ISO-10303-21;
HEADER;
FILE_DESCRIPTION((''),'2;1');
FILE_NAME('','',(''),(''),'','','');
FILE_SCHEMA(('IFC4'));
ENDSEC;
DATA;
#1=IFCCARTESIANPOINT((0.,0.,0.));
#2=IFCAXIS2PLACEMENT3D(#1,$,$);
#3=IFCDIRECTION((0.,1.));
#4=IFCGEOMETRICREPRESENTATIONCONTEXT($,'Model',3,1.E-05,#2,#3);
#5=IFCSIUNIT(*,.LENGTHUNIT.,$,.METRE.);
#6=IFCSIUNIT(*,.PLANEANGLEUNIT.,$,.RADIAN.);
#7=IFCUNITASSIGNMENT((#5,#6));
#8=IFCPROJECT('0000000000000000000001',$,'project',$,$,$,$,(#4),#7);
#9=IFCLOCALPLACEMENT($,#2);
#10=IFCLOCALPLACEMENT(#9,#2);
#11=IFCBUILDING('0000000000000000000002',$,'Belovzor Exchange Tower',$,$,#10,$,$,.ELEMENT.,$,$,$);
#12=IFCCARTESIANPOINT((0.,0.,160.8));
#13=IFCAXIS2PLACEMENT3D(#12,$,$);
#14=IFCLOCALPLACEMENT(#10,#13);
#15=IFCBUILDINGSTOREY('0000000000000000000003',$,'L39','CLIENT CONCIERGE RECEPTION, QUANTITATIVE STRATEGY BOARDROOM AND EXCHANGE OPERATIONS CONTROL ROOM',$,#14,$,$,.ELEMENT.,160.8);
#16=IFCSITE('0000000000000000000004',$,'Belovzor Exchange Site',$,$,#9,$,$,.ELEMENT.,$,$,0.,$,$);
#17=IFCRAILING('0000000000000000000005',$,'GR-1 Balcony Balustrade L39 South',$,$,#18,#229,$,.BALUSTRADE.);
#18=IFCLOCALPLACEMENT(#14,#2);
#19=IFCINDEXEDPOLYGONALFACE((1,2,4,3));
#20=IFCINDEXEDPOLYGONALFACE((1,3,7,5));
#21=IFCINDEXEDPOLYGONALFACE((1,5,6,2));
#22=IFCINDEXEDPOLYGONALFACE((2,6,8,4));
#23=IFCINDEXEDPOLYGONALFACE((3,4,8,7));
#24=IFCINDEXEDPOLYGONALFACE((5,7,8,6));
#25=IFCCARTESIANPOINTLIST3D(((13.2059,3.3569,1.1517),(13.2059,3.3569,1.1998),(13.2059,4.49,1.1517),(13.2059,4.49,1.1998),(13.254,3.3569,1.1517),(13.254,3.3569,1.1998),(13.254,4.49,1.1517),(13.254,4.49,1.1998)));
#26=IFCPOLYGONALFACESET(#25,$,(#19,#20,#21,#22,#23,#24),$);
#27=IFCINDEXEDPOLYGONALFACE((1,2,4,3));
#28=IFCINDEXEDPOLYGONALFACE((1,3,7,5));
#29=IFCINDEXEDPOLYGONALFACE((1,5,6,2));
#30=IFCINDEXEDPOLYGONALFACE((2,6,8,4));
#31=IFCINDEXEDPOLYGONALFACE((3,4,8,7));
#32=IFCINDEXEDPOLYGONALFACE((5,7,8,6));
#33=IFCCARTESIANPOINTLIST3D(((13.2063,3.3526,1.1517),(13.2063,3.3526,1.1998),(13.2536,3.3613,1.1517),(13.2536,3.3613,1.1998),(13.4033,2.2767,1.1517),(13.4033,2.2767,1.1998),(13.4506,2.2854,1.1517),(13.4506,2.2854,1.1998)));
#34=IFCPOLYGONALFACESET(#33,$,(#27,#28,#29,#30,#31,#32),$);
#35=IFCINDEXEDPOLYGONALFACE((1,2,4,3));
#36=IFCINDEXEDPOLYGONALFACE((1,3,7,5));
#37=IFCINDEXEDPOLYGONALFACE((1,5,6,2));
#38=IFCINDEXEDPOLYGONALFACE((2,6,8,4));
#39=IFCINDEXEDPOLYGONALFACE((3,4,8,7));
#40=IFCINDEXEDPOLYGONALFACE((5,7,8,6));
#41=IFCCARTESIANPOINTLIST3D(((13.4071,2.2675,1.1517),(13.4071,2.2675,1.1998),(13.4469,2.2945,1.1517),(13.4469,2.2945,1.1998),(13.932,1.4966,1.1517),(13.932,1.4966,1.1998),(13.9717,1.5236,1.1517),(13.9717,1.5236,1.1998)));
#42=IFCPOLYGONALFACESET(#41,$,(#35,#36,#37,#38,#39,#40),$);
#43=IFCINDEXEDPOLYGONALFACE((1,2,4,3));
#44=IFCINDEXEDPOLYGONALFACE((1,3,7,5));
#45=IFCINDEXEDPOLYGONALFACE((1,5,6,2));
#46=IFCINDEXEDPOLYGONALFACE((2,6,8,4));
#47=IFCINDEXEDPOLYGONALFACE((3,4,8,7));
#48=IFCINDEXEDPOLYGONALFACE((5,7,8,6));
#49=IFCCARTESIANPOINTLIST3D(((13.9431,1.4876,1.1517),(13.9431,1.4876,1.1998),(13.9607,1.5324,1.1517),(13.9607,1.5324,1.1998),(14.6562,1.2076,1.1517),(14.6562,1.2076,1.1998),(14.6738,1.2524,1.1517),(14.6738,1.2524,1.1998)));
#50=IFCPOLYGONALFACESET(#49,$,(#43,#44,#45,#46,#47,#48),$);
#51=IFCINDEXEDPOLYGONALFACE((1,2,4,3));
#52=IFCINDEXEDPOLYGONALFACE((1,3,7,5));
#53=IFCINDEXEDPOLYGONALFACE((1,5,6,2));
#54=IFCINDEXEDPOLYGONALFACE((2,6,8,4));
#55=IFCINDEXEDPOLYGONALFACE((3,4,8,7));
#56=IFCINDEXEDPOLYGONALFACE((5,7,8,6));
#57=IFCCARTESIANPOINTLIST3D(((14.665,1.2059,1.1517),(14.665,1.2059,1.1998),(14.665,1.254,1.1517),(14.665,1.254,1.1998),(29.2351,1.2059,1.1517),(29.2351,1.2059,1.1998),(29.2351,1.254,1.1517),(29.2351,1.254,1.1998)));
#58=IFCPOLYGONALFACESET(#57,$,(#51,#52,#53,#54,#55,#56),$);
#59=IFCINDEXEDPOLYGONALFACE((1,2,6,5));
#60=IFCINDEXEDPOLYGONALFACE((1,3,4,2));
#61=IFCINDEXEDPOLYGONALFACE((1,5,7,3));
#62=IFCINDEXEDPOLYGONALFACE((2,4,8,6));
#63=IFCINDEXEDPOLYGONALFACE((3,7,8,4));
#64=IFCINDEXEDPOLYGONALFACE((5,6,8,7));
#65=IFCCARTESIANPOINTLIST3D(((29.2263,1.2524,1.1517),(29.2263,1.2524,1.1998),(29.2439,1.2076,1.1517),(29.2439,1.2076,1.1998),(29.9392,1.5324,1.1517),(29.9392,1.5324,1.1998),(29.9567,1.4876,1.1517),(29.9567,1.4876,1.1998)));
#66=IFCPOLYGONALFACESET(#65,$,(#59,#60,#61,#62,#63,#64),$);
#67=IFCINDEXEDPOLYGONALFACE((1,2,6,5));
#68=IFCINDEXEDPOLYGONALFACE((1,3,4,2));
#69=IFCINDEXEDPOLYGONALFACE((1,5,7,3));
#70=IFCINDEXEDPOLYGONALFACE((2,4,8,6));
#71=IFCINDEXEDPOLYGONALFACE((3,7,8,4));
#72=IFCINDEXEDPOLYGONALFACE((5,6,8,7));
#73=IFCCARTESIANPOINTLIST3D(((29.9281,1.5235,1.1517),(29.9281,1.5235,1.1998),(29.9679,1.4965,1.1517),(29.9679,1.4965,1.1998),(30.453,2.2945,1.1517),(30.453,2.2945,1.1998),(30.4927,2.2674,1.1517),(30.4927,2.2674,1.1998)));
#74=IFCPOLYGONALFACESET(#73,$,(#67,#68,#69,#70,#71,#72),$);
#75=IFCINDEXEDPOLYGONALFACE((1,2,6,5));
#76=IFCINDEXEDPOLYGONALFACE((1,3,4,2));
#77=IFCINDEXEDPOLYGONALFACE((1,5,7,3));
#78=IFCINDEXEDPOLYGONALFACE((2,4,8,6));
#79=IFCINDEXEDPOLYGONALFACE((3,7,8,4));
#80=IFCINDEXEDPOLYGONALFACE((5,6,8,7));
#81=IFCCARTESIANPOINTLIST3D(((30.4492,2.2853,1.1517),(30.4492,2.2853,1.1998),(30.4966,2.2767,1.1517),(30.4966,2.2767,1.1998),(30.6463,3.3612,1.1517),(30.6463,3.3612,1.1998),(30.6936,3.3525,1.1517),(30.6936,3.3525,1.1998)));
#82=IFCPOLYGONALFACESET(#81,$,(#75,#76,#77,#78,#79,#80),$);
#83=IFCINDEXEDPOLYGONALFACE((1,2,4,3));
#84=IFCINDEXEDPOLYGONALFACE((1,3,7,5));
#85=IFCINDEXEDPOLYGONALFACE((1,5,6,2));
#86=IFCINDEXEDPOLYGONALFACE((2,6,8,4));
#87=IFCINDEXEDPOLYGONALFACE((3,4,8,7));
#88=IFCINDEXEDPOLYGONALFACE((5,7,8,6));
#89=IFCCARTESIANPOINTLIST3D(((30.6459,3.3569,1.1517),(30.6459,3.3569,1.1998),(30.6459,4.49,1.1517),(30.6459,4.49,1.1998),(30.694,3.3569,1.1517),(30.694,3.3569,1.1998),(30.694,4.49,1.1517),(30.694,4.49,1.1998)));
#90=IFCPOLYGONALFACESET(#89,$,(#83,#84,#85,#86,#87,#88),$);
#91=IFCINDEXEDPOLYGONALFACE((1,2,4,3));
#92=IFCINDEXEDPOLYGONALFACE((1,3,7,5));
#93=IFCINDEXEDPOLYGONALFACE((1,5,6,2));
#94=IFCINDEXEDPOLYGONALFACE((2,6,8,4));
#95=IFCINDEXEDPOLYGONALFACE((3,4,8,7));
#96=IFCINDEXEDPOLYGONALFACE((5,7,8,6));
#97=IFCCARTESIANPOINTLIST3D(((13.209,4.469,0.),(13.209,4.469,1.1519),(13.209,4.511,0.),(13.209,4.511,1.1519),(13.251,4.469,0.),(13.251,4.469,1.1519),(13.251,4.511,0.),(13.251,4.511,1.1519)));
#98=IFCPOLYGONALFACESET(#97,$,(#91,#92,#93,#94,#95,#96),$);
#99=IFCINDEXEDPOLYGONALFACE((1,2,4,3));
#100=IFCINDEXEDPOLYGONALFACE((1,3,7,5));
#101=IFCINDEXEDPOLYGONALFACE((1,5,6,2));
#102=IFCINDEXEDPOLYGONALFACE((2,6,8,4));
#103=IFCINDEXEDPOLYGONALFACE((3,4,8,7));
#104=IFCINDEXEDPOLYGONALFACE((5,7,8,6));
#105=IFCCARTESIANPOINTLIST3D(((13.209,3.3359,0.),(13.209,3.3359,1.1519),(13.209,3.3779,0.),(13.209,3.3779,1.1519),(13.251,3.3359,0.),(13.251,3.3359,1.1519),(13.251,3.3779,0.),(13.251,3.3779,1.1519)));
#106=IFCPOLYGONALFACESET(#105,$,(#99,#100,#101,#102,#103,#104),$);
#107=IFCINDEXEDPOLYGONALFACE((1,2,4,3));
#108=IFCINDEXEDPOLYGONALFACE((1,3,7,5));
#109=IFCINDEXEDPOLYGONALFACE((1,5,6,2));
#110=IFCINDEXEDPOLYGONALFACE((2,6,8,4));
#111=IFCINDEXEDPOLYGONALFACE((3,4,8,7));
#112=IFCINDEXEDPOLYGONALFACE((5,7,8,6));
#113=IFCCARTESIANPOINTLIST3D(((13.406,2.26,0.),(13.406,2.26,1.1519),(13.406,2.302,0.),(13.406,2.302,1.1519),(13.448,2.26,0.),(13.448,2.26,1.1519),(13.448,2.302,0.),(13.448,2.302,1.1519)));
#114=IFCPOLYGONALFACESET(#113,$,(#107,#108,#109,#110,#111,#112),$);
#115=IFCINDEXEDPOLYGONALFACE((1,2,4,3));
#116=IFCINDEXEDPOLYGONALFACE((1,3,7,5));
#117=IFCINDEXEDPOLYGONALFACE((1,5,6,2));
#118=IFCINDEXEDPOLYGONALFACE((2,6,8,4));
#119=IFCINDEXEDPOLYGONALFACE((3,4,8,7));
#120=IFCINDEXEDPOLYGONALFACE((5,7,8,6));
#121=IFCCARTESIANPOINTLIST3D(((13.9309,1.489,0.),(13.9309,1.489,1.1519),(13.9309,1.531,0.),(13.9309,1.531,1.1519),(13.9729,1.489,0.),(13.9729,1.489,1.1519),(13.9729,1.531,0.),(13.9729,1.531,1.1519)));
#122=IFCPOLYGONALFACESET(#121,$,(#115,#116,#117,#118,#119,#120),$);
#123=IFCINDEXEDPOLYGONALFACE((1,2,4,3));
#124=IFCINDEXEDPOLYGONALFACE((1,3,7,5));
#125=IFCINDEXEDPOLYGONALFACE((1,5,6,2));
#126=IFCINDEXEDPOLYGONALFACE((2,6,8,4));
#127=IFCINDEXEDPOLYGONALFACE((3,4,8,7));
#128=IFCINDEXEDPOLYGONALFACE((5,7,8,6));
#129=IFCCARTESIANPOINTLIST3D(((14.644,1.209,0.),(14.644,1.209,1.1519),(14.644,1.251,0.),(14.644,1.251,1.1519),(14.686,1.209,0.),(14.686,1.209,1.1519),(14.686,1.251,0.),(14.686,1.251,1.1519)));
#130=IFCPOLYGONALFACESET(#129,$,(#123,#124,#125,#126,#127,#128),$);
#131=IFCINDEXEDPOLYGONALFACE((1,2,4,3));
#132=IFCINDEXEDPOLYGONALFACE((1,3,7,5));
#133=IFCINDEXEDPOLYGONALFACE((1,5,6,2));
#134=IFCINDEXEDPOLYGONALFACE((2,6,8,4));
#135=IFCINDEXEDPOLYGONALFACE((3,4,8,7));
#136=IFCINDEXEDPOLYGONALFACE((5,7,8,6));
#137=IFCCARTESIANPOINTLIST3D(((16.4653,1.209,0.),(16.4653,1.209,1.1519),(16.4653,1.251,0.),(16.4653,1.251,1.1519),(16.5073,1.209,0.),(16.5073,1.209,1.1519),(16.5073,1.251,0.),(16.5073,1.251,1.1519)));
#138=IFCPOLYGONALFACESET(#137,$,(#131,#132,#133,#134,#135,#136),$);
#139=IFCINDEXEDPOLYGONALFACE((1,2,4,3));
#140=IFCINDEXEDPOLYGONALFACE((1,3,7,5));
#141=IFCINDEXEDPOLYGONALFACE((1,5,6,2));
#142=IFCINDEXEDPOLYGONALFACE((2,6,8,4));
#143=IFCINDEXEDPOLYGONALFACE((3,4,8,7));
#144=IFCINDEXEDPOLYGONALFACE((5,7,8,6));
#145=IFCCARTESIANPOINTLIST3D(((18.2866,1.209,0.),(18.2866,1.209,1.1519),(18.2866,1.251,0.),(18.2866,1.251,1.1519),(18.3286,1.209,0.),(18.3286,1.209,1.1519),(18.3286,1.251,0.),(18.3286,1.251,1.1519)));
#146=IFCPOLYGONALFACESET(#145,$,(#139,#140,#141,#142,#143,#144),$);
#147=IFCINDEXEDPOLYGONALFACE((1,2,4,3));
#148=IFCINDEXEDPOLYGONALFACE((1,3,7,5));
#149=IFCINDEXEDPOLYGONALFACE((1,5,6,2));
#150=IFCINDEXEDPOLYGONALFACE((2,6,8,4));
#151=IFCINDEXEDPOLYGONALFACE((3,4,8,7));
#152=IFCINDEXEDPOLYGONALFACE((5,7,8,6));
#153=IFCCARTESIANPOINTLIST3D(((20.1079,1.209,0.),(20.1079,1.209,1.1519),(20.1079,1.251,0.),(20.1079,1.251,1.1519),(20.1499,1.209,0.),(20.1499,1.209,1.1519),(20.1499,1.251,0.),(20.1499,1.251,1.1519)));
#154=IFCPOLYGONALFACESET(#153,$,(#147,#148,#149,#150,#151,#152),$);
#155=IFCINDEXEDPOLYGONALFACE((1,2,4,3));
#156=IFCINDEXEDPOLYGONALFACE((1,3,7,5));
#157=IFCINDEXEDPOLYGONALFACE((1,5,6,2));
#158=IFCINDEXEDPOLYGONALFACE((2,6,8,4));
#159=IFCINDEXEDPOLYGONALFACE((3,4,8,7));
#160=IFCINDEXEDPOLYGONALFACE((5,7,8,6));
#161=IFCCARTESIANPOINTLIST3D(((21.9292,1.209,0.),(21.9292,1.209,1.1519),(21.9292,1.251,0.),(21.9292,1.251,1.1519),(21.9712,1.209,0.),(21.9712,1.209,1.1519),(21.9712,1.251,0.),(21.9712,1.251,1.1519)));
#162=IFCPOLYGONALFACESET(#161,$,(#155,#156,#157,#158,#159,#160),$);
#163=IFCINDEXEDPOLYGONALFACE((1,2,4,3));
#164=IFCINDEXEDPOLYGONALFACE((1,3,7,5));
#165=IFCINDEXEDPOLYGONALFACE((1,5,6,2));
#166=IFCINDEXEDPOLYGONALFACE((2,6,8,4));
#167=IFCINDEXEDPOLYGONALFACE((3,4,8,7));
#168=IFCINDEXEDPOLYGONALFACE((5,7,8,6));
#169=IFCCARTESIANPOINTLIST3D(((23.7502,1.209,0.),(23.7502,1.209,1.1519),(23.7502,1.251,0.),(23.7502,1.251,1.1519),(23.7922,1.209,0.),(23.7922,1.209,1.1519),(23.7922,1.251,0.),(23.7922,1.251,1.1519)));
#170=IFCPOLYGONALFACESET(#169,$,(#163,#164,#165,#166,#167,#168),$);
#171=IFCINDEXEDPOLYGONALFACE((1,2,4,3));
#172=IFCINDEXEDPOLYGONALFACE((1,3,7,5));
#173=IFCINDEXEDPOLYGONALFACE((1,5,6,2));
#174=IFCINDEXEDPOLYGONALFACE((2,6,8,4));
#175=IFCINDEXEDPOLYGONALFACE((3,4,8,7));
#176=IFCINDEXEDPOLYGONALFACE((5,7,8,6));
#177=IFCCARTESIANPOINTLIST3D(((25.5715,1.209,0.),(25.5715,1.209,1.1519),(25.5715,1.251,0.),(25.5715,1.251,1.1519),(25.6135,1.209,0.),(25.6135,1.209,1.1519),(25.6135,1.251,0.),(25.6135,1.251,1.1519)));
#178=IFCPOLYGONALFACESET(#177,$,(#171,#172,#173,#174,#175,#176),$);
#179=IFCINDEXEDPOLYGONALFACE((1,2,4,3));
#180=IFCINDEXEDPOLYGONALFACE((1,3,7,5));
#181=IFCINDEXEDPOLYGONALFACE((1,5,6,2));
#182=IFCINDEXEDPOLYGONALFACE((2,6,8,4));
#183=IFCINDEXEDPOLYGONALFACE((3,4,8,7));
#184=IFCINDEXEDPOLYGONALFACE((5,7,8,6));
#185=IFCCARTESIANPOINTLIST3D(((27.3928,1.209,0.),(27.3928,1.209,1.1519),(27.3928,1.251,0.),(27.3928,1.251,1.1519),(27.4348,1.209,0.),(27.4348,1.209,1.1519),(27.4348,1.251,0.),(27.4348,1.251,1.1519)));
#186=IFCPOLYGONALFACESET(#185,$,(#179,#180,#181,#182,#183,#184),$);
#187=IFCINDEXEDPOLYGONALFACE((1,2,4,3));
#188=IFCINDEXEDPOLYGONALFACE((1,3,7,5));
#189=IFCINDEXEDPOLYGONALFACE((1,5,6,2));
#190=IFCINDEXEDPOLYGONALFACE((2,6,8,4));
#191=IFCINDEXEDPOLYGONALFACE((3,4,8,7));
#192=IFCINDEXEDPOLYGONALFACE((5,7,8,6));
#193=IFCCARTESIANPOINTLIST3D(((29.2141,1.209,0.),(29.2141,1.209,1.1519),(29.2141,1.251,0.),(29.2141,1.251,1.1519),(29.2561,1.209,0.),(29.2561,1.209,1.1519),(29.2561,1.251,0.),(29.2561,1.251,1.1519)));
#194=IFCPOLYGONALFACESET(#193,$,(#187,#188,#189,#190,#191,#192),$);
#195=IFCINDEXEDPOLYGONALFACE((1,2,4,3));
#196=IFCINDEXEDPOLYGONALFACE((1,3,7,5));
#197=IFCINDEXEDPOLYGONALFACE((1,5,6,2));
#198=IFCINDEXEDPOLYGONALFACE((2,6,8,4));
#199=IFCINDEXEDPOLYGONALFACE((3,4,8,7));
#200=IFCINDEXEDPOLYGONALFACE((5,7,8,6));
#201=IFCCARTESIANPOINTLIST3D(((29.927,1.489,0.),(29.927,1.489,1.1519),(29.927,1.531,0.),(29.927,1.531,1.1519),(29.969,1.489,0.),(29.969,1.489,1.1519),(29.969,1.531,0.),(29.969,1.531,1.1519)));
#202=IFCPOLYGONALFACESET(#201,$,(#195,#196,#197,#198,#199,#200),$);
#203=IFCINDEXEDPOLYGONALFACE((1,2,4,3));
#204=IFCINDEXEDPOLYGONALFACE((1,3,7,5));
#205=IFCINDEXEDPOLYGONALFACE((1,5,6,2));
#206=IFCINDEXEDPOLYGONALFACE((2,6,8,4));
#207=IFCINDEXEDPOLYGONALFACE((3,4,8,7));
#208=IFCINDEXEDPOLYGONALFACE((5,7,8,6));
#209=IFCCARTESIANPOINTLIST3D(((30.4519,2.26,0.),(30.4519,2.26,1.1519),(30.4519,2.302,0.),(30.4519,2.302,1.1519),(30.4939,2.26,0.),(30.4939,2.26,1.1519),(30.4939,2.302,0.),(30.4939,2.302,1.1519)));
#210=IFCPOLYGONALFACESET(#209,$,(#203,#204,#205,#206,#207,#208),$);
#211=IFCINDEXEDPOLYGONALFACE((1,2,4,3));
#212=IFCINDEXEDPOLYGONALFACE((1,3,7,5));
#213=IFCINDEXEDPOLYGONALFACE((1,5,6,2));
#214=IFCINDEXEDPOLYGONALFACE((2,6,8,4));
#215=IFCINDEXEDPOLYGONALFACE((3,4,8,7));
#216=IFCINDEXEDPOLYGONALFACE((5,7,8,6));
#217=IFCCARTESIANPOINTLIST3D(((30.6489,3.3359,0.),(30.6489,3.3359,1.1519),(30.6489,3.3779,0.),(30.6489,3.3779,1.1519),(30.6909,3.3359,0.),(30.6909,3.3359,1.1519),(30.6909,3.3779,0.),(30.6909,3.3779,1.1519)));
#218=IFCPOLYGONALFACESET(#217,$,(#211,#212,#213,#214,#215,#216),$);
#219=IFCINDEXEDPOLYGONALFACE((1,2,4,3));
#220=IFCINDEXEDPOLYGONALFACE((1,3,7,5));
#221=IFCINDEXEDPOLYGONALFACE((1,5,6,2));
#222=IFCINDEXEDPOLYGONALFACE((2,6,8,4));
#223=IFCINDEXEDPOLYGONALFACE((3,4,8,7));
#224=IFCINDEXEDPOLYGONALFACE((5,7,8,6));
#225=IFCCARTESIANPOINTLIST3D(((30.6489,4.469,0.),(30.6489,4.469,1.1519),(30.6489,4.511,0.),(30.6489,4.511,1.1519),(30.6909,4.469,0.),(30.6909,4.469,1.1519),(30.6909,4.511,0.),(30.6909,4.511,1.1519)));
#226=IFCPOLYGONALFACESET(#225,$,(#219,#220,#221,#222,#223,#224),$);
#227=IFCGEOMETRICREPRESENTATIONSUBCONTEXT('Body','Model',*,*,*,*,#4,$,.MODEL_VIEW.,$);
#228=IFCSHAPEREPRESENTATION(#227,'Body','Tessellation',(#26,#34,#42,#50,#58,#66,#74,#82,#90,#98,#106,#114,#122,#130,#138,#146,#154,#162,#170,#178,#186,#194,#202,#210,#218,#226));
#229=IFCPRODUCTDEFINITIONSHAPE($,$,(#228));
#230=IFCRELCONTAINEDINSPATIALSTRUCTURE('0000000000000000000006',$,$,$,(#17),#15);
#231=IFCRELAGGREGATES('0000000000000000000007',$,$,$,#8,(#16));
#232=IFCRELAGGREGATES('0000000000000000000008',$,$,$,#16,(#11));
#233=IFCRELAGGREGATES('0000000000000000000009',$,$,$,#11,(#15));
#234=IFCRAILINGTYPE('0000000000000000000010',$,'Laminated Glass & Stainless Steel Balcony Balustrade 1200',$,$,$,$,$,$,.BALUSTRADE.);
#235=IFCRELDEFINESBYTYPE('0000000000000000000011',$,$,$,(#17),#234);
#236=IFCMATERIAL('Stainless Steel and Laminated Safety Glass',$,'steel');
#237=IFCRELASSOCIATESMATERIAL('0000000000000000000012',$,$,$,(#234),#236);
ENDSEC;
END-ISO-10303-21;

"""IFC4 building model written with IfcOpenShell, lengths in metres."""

from ifc_helpers import new_model, si_unit, direction, frame, origin, origin_2d, place, context, subcontext, project, spatial, rectangle, extrude, material, type_object, element, save


model = new_model("IFC4")

# Units and contexts
model_context = context("Model", 3, precision=1e-05, world=origin(), true_north=direction((0.0, 1.0)))
body_context = subcontext(model_context, "Body", "Model", "MODEL_VIEW")
ifc_project = project(units=[si_unit("LENGTHUNIT", "METRE"), si_unit("PLANEANGLEUNIT", "RADIAN")], contexts=[model_context])

# Site, building, storey
site_placement = place(None, origin())
site = spatial("IfcSite", under=ifc_project, at=site_placement, Name="Belovzor Exchange Site", CompositionType="ELEMENT", RefElevation=0.0)
building_placement = place(site_placement, origin())
building = spatial("IfcBuilding", under=site, at=building_placement, Name="Belovzor Exchange Tower", CompositionType="ELEMENT")
storey_placement = place(building_placement, frame((0.0, 0.0, 160.8)))
storey = spatial("IfcBuildingStorey", under=building, at=storey_placement, Name="L39", Description="CLIENT CONCIERGE RECEPTION, QUANTITATIVE STRATEGY BOARDROOM AND EXCHANGE OPERATIONS CONTROL ROOM", CompositionType="ELEMENT", Elevation=160.8)

# Railing
ifc_material_1 = material(Name="Stainless Steel and Laminated Safety Glass", Category="steel")
railing_type = type_object("IfcRailingType", Name="Laminated Glass & Stainless Steel Balcony Balustrade 1200", PredefinedType="BALUSTRADE", material=ifc_material_1)
railing_placement = place(storey_placement, frame((13.23, 4.49, 0.0)))
element("IfcRailing", 1, at=railing_placement, inside=storey, type_object=railing_type, Name="GR-1 Balcony Balustrade L39 South", PredefinedType="BALUSTRADE", context=body_context, shape_type="SweptSolid", body=[
    extrude(rectangle(XDim=0.0481, YDim=0.0481, at=origin_2d()), frame((0.0, 0.0, 1.1758), z_axis=(0.0, -1.0, 0.0), x_axis=(1.0, 0.0, 0.0)), (0.0, 0.0, 1.0), 1.1331),
    extrude(rectangle(XDim=0.0481, YDim=0.0481, at=origin_2d()), frame((0.0, -1.1331, 1.1758), z_axis=(0.180123, -0.983644, 0.0), x_axis=(0.983644, 0.180123, 0.0)), (0.0, 0.0, 1.0), 1.0938),
    extrude(rectangle(XDim=0.0481, YDim=0.0481, at=origin_2d()), frame((0.197, -2.209, 1.1758), z_axis=(0.562768, -0.826615, 0.0), x_axis=(0.826615, 0.562768, 0.0)), (0.0, 0.0, 1.0), 0.9326),
    extrude(rectangle(XDim=0.0481, YDim=0.0481, at=origin_2d()), frame((0.7219, -2.98, 1.1758), z_axis=(0.93081, -0.365504, 0.0), x_axis=(0.365504, 0.93081, 0.0)), (0.0, 0.0, 1.0), 0.7661),
    extrude(rectangle(XDim=0.0481, YDim=0.0481, at=origin_2d()), frame((1.4351, -3.26, 1.1758), z_axis=(1.0, 0.0, 0.0), x_axis=(0.0, 1.0, 0.0)), (0.0, 0.0, 1.0), 14.5701),
    extrude(rectangle(XDim=0.0481, YDim=0.0481, at=origin_2d()), frame((16.0051, -3.26, 1.1758), z_axis=(0.930767, 0.365613, 0.0), x_axis=(-0.365613, 0.930767, 0.0)), (0.0, 0.0, 1.0), 0.7659),
    extrude(rectangle(XDim=0.0481, YDim=0.0481, at=origin_2d()), frame((16.718, -2.98, 1.1758), z_axis=(0.562768, 0.826615, 0.0), x_axis=(-0.826615, 0.562768, 0.0)), (0.0, 0.0, 1.0), 0.9326),
    extrude(rectangle(XDim=0.0481, YDim=0.0481, at=origin_2d()), frame((17.2429, -2.209, 1.1758), z_axis=(0.180123, 0.983644, 0.0), x_axis=(-0.983644, 0.180123, 0.0)), (0.0, 0.0, 1.0), 1.0938),
    extrude(rectangle(XDim=0.0481, YDim=0.0481, at=origin_2d()), frame((17.4399, -1.1331, 1.1758), z_axis=(0.0, 1.0, 0.0), x_axis=(-1.0, 0.0, 0.0)), (0.0, 0.0, 1.0), 1.1331),
    extrude(rectangle(XDim=0.042, YDim=0.042, at=origin_2d()), origin(), (0.0, 0.0, 1.0), 1.1519),
    extrude(rectangle(XDim=0.042, YDim=0.042, at=origin_2d()), frame((0.0, -1.1331, 0.0)), (0.0, 0.0, 1.0), 1.1519),
    extrude(rectangle(XDim=0.042, YDim=0.042, at=origin_2d()), frame((0.197, -2.209, 0.0)), (0.0, 0.0, 1.0), 1.1519),
    extrude(rectangle(XDim=0.042, YDim=0.042, at=origin_2d()), frame((0.7219, -2.98, 0.0)), (0.0, 0.0, 1.0), 1.1519),
    extrude(rectangle(XDim=0.042, YDim=0.042, at=origin_2d()), frame((1.4351, -3.26, 0.0)), (0.0, 0.0, 1.0), 1.1519),
    extrude(rectangle(XDim=0.042, YDim=0.042, at=origin_2d()), frame((3.2563, -3.26, 0.0)), (0.0, 0.0, 1.0), 1.1519),
    extrude(rectangle(XDim=0.042, YDim=0.042, at=origin_2d()), frame((5.0776, -3.26, 0.0)), (0.0, 0.0, 1.0), 1.1519),
    extrude(rectangle(XDim=0.042, YDim=0.042, at=origin_2d()), frame((6.8989, -3.26, 0.0)), (0.0, 0.0, 1.0), 1.1519),
    extrude(rectangle(XDim=0.042, YDim=0.042, at=origin_2d()), frame((8.7202, -3.26, 0.0)), (0.0, 0.0, 1.0), 1.1519),
    extrude(rectangle(XDim=0.042, YDim=0.042, at=origin_2d()), frame((10.5413, -3.26, 0.0)), (0.0, 0.0, 1.0), 1.1519),
    extrude(rectangle(XDim=0.042, YDim=0.042, at=origin_2d()), frame((12.3625, -3.26, 0.0)), (0.0, 0.0, 1.0), 1.1519),
    extrude(rectangle(XDim=0.042, YDim=0.042, at=origin_2d()), frame((14.1838, -3.26, 0.0)), (0.0, 0.0, 1.0), 1.1519),
    extrude(rectangle(XDim=0.042, YDim=0.042, at=origin_2d()), frame((16.0051, -3.26, 0.0)), (0.0, 0.0, 1.0), 1.1519),
    extrude(rectangle(XDim=0.042, YDim=0.042, at=origin_2d()), frame((16.718, -2.98, 0.0)), (0.0, 0.0, 1.0), 1.1519),
    extrude(rectangle(XDim=0.042, YDim=0.042, at=origin_2d()), frame((17.2429, -2.209, 0.0)), (0.0, 0.0, 1.0), 1.1519),
    extrude(rectangle(XDim=0.042, YDim=0.042, at=origin_2d()), frame((17.4399, -1.1331, 0.0)), (0.0, 0.0, 1.0), 1.1519),
    extrude(rectangle(XDim=0.042, YDim=0.042, at=origin_2d()), frame((17.4399, 0.0, 0.0)), (0.0, 0.0, 1.0), 1.1519),
])

save(model, "model.ifc")
